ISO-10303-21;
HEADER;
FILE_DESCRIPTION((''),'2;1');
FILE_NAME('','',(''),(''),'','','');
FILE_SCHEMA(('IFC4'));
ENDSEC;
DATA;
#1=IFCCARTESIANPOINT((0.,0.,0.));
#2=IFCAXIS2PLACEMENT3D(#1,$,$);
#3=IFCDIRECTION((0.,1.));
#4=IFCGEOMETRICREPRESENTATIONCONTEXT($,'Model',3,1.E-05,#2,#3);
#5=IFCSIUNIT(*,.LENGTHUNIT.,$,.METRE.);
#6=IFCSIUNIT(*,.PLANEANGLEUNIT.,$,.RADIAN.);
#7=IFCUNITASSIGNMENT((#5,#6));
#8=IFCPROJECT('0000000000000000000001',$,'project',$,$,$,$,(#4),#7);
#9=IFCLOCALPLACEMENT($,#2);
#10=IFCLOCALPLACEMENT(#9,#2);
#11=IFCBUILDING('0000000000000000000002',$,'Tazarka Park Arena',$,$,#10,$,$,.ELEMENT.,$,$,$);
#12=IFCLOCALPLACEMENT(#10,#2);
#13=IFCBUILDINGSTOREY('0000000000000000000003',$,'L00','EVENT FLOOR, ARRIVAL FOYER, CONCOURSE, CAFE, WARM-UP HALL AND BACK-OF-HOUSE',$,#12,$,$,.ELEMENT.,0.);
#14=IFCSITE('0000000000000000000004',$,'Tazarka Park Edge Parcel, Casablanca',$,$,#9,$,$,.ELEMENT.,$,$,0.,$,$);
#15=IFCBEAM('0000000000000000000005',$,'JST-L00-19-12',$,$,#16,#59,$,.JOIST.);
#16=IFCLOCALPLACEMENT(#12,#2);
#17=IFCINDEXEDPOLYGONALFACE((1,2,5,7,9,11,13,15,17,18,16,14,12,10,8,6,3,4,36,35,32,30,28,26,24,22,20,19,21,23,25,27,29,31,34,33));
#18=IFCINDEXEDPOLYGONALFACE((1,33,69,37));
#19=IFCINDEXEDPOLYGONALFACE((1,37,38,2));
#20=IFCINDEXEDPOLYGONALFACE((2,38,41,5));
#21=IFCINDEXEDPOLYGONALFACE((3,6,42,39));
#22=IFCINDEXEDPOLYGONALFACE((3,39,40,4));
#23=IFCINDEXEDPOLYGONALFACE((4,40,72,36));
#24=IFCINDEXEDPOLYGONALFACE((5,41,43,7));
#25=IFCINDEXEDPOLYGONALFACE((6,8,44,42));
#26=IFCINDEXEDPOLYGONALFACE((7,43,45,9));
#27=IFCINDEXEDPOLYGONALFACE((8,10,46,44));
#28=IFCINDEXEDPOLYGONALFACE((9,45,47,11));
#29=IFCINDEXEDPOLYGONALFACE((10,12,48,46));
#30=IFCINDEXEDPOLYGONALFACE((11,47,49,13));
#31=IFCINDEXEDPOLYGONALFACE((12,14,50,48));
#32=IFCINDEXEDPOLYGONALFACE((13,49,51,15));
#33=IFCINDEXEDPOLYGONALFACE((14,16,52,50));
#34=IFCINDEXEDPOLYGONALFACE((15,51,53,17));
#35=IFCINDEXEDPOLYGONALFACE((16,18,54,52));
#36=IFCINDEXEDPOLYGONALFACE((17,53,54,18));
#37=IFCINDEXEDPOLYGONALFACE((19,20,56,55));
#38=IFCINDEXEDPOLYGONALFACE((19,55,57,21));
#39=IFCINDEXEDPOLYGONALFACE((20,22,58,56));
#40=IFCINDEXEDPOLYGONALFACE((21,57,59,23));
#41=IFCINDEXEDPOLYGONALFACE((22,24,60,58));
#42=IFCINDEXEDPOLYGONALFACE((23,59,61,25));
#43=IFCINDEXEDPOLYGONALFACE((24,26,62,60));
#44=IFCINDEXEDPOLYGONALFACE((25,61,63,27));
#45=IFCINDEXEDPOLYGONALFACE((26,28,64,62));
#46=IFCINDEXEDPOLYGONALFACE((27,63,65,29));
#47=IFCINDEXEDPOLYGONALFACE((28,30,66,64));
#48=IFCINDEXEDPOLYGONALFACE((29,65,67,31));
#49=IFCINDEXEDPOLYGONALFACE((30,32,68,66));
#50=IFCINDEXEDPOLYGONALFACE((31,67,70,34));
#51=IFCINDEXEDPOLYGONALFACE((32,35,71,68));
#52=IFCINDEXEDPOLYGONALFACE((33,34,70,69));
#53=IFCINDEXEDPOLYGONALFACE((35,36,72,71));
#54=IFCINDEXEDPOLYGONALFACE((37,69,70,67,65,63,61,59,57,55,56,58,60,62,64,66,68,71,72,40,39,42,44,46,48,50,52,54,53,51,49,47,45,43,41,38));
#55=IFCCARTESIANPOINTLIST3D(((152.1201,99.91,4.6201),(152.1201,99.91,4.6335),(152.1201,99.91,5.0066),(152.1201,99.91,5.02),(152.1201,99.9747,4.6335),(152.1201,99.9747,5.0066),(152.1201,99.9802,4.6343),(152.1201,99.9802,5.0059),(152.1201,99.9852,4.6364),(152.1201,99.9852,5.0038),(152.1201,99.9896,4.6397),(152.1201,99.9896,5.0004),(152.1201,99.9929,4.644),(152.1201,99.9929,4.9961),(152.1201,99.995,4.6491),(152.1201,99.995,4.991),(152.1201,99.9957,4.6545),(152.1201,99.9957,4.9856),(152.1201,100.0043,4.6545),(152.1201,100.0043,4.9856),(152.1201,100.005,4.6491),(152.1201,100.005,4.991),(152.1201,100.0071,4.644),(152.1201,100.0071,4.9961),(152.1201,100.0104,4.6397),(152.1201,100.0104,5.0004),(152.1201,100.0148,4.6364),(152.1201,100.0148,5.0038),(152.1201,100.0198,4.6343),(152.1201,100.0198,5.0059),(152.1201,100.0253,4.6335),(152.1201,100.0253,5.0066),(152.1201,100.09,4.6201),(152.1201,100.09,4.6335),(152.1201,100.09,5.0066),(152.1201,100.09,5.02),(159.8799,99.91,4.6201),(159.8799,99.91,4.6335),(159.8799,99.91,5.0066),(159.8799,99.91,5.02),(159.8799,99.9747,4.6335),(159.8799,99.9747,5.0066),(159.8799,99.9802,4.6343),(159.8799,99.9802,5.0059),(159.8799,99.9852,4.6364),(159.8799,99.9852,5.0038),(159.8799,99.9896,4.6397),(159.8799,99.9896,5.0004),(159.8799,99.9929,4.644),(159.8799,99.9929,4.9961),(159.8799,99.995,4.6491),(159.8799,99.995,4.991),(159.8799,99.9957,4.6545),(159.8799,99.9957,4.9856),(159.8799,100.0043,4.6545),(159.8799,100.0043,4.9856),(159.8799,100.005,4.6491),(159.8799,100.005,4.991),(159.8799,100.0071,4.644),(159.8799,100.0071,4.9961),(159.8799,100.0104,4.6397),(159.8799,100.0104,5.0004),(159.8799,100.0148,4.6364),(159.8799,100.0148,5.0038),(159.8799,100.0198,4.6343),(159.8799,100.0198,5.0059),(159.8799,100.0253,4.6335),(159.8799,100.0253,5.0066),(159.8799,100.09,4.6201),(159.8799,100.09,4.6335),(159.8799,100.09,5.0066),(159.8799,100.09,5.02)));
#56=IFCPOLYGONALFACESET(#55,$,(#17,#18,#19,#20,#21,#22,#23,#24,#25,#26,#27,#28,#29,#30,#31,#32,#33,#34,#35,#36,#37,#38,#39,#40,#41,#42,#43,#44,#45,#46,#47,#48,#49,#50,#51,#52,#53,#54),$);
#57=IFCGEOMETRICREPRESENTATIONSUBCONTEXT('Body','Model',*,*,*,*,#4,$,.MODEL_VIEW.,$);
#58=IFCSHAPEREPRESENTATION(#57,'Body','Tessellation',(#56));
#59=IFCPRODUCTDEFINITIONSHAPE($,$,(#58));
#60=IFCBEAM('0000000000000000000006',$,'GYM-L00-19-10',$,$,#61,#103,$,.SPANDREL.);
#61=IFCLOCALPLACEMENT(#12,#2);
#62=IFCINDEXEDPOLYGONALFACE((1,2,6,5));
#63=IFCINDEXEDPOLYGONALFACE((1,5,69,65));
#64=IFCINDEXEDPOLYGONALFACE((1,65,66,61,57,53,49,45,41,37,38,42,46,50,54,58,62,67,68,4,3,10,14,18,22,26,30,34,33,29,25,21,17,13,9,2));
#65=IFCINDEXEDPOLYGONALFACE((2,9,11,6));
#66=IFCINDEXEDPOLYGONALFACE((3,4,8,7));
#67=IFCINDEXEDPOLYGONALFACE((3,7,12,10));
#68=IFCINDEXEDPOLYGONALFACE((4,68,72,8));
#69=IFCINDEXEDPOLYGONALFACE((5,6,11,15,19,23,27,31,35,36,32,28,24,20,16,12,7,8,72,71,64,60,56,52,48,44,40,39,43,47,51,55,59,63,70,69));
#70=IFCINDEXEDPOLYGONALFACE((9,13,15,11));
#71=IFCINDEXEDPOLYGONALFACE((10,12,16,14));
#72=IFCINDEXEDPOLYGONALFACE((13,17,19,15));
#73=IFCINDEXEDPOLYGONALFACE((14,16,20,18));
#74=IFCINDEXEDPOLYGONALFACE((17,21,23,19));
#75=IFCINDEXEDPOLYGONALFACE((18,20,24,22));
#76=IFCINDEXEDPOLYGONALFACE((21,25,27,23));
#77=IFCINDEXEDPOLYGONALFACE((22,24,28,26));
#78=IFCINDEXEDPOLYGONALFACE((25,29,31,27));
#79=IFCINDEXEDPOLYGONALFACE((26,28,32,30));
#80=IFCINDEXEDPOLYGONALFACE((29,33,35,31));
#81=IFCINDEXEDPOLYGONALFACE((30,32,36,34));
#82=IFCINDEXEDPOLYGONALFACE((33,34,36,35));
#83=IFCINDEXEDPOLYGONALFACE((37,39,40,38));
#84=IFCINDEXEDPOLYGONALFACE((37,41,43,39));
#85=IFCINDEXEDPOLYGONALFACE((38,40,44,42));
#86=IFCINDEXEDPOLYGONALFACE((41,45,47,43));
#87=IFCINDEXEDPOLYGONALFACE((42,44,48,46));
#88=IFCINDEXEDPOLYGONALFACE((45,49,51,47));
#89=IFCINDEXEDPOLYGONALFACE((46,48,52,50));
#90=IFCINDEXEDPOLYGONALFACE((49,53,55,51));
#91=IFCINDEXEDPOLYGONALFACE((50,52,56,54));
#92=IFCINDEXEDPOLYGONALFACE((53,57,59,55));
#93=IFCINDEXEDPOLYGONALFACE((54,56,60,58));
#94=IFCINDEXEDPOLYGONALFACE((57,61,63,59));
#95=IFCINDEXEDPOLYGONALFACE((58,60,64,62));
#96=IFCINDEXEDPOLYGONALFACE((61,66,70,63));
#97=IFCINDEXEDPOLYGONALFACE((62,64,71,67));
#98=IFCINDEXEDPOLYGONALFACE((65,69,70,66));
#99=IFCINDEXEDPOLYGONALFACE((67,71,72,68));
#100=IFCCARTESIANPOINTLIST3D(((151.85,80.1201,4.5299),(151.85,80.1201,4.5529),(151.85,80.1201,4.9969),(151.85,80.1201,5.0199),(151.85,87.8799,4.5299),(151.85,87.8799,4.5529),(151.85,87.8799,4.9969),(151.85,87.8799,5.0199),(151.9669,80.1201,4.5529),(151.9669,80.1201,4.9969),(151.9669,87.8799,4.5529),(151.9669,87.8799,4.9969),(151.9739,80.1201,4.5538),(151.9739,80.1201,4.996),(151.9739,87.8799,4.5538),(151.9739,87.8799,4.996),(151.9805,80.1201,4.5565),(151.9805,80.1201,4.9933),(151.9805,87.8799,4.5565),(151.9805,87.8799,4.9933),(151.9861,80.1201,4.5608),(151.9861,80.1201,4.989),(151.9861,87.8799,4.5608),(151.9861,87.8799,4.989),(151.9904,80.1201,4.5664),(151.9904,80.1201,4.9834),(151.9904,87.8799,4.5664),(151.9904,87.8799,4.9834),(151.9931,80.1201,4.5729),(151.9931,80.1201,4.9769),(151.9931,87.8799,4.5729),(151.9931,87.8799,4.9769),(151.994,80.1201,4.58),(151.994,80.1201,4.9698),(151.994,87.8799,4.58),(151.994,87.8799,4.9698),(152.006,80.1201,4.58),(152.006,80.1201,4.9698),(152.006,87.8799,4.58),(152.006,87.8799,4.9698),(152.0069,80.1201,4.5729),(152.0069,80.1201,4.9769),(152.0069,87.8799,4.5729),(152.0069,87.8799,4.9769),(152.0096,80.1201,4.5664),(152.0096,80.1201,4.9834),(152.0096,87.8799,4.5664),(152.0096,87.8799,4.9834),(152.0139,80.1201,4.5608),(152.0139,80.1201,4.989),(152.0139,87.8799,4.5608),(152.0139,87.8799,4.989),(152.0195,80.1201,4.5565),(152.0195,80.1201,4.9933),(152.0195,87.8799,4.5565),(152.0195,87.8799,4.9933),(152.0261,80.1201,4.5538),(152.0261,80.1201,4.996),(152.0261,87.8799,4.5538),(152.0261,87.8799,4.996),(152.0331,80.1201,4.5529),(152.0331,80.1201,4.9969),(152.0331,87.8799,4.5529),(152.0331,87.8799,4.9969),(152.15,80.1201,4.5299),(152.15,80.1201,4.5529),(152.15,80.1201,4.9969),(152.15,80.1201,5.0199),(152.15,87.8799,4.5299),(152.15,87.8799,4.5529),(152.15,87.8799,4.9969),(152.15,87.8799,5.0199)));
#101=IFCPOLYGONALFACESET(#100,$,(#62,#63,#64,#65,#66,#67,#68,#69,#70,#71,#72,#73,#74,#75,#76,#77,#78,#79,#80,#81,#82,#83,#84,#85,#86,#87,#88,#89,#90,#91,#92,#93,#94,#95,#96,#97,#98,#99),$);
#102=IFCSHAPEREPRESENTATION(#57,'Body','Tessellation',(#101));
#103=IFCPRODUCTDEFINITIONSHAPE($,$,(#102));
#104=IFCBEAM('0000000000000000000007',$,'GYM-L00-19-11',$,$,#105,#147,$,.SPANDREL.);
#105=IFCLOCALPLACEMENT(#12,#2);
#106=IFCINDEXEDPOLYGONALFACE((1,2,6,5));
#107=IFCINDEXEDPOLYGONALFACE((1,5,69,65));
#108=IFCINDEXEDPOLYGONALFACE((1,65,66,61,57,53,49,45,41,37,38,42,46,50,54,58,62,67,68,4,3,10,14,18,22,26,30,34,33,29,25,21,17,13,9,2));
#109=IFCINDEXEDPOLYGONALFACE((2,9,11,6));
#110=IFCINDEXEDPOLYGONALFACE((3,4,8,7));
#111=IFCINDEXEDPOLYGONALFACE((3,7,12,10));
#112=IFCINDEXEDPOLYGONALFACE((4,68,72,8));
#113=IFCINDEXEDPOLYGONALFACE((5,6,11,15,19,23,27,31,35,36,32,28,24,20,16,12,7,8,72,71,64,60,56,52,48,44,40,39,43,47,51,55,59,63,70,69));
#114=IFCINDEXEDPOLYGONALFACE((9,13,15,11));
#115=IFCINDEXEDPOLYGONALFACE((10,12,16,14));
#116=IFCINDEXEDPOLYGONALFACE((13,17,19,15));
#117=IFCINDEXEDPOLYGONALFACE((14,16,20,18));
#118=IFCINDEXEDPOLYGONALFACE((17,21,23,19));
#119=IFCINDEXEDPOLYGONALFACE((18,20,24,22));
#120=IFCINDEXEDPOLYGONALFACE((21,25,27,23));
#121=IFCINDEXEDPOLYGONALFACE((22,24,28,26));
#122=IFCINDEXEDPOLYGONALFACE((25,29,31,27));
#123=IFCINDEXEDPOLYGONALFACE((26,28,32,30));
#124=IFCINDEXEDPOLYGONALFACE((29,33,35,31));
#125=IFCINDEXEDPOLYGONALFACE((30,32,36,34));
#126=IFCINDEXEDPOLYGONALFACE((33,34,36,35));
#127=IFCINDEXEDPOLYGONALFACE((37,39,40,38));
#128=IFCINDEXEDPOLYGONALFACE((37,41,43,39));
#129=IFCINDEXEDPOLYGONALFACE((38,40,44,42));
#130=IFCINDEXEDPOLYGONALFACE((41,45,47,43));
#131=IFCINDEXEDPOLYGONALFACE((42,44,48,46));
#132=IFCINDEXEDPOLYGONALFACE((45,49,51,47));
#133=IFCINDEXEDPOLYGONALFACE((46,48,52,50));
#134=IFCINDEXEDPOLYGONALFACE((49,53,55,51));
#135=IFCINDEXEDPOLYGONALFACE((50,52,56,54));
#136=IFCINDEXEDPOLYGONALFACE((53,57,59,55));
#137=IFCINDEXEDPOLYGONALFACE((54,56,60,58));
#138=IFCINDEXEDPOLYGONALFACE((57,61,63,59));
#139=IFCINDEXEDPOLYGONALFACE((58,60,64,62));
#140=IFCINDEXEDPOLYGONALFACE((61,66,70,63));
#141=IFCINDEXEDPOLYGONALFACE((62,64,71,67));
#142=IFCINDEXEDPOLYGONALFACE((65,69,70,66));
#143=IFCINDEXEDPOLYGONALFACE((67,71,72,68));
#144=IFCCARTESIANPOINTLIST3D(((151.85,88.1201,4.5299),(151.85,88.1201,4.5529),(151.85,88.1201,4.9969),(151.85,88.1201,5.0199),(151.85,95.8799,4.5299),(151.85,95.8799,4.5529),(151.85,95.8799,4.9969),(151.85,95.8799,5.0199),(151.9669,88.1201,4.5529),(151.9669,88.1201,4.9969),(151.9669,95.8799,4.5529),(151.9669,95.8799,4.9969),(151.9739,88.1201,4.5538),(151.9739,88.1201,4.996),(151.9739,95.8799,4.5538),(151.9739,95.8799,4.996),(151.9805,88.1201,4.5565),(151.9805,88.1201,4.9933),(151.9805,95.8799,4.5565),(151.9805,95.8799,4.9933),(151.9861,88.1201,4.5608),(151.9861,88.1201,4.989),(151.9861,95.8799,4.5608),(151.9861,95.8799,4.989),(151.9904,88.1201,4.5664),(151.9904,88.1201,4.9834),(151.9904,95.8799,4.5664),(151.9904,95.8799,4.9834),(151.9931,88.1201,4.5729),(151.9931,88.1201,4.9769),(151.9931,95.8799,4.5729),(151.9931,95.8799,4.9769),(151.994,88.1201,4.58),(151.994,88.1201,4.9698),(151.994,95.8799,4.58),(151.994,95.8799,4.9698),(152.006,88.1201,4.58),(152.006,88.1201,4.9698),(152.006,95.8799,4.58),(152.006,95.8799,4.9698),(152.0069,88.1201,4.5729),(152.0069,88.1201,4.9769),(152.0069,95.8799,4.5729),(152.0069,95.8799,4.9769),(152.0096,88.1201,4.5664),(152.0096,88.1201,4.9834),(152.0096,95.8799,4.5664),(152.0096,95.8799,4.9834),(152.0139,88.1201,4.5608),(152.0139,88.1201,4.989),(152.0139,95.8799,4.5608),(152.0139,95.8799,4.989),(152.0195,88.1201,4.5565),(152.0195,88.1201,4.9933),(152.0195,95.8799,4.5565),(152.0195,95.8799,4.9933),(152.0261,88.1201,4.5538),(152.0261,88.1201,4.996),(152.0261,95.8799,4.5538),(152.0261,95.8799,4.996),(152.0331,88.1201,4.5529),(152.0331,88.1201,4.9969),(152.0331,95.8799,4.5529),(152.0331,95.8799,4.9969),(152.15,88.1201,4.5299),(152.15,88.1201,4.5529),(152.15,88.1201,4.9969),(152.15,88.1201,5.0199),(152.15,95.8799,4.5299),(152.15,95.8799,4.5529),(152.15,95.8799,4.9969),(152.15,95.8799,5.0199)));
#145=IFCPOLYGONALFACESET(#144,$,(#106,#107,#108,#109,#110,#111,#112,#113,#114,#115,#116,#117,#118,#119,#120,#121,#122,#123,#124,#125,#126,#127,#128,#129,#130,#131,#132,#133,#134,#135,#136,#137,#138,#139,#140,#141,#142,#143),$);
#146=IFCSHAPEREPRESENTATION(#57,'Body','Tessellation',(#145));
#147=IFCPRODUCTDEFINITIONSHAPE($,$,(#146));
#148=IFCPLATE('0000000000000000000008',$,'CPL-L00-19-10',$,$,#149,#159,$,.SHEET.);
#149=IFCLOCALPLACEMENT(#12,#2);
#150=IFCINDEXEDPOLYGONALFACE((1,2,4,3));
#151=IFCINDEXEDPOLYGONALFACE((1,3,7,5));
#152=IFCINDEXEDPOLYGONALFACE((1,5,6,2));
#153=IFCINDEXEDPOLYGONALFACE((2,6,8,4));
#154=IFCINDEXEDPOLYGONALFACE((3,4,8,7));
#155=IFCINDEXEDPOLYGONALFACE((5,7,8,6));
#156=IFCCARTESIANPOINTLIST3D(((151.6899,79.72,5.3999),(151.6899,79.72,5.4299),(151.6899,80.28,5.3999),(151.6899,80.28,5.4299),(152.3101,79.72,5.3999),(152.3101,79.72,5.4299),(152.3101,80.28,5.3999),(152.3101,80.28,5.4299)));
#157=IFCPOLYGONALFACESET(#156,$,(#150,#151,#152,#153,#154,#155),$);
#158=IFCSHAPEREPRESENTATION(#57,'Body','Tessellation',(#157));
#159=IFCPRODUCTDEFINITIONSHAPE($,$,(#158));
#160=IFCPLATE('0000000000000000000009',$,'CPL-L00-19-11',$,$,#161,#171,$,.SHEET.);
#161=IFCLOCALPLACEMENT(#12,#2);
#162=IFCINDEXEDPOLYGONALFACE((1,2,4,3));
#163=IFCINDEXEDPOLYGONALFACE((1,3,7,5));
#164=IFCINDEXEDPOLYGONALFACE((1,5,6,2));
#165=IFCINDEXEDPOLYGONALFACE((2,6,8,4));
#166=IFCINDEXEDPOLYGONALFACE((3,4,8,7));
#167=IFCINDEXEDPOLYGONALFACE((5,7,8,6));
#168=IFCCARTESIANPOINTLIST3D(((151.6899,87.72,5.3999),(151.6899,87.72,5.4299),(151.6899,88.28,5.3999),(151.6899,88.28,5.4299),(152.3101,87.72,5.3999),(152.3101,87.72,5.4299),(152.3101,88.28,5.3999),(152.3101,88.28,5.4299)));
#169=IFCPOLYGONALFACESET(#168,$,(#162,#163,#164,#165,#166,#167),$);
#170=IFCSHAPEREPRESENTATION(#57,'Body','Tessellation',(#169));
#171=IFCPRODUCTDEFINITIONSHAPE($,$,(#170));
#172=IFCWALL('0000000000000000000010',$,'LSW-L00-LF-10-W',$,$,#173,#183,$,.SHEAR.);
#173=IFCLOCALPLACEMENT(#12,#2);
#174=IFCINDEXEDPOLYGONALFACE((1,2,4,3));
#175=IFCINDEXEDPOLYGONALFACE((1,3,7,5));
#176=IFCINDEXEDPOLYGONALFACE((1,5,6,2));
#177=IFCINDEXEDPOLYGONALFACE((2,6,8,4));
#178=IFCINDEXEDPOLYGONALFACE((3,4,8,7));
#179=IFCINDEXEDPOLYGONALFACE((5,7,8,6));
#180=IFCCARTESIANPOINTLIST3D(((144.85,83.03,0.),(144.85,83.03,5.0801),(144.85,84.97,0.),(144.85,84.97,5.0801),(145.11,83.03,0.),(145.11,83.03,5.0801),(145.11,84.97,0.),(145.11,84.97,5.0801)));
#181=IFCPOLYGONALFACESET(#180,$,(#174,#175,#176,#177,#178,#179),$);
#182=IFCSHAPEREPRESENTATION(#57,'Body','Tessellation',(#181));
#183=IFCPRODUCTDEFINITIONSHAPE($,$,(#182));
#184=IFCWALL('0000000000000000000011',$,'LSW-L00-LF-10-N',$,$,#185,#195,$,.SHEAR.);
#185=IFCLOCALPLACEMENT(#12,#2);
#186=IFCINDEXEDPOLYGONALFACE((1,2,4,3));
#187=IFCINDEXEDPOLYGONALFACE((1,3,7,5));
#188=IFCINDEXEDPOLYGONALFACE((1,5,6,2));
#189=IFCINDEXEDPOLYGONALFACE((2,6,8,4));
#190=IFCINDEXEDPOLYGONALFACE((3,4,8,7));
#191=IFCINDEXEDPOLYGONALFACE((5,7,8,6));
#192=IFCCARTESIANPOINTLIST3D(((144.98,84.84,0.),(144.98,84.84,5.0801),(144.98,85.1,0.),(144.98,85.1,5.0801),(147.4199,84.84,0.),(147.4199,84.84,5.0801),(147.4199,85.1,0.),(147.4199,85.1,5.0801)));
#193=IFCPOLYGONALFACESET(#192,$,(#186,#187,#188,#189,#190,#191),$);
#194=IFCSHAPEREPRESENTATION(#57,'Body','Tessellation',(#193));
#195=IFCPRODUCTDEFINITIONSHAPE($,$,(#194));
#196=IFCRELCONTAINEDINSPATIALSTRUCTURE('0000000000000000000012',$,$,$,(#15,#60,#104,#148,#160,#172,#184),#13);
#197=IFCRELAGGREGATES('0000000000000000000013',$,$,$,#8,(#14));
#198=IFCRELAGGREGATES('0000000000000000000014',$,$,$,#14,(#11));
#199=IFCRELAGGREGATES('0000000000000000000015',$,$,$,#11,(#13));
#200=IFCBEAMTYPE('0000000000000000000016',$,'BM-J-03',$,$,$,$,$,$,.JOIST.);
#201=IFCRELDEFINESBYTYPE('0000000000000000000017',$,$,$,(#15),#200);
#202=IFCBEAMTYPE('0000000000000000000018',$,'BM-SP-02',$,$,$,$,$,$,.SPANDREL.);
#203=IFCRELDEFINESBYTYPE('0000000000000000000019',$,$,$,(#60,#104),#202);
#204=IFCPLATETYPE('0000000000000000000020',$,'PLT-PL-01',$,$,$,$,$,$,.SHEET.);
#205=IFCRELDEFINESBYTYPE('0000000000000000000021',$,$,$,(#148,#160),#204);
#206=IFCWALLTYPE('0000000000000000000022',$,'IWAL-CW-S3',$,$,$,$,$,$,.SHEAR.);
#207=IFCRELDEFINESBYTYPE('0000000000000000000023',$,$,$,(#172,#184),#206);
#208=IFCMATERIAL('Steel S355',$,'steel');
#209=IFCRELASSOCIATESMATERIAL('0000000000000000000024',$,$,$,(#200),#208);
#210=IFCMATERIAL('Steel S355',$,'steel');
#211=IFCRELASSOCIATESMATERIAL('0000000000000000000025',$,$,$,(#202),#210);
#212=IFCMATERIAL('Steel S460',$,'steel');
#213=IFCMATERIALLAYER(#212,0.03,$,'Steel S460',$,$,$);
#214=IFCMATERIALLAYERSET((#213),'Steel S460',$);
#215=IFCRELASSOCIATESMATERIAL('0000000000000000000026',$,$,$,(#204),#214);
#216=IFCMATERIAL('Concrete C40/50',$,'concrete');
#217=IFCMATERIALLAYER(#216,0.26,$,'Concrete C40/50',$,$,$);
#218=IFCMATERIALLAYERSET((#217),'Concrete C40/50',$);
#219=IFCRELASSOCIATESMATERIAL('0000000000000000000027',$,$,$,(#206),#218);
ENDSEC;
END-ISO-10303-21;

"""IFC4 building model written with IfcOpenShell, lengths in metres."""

from ifc_helpers import new_model, si_unit, direction, frame, frame_2d, origin, origin_2d, place, context, subcontext, project, spatial, rectangle, i_section, extrude, material, layer, layer_set, material_profile, profile_set, type_object, element, save


model = new_model("IFC4")

# Units and contexts
model_context = context("Model", 3, precision=1e-05, world=origin(), true_north=direction((0.0, 1.0)))
body_context = subcontext(model_context, "Body", "Model", "MODEL_VIEW")
ifc_project = project(units=[si_unit("LENGTHUNIT", "METRE"), si_unit("PLANEANGLEUNIT", "RADIAN")], contexts=[model_context])

# Site, building, storey
site_placement = place(None, origin())
site = spatial("IfcSite", under=ifc_project, at=site_placement, Name="Tazarka Park Edge Parcel, Casablanca", CompositionType="ELEMENT", RefElevation=0.0)
building_placement = place(site_placement, origin())
building = spatial("IfcBuilding", under=site, at=building_placement, Name="Tazarka Park Arena", CompositionType="ELEMENT")
storey_placement = place(building_placement, origin())
storey = spatial("IfcBuildingStorey", under=building, at=storey_placement, Name="L00", Description="EVENT FLOOR, ARRIVAL FOYER, CONCOURSE, CAFE, WARM-UP HALL AND BACK-OF-HOUSE", CompositionType="ELEMENT", Elevation=0.0)

# Beams
ifc_material_1 = material(Name="Steel S355", Category="steel")
ifc_material_profile_1 = material_profile(ifc_material_1, i_section(OverallWidth=0.1799, OverallDepth=0.3999, WebThickness=0.0085, FlangeThickness=0.0134, FilletRadius=0.021, at=origin_2d()), Name="Steel S355")
ifc_profile_set_1 = profile_set([ifc_material_profile_1], Name="Steel S355")
beam_type_1 = type_object("IfcBeamType", Name="BM-J-03", PredefinedType="JOIST", material=ifc_profile_set_1)
beam_1_placement = place(storey_placement, frame((152.1201, 100.0, 4.8201), z_axis=(1.0, 0.0, 0.0), x_axis=(0.0, 1.0, 0.0)))
element("IfcBeam", 1, at=beam_1_placement, inside=storey, type_object=beam_type_1, Name="JST-L00-19-12", PredefinedType="JOIST", context=body_context, shape_type="SweptSolid", body=[
    extrude(i_section(OverallWidth=0.1799, OverallDepth=0.3999, WebThickness=0.0085, FlangeThickness=0.0134, FilletRadius=0.021, at=origin_2d()), origin(), (0.0, 0.0, 1.0), 7.7598),
])
ifc_material_2 = material(Name="Steel S355", Category="steel")
ifc_material_profile_2 = material_profile(ifc_material_2, i_section(OverallWidth=0.3, OverallDepth=0.49, WebThickness=0.012, FlangeThickness=0.0229, FilletRadius=0.0271, at=origin_2d()), Name="Steel S355")
ifc_profile_set_2 = profile_set([ifc_material_profile_2], Name="Steel S355")
beam_type_2 = type_object("IfcBeamType", Name="BM-SP-02", PredefinedType="SPANDREL", material=ifc_profile_set_2)
for number, where, z_axis, x_axis, name in (
    (2, (152.0, 80.1201, 4.7749), (0.0, 1.0, 0.0), (-1.0, 0.0, 0.0), "GYM-L00-19-10"),
    (3, (152.0, 88.1201, 4.7749), (0.0, 1.0, 0.0), (-1.0, 0.0, 0.0), "GYM-L00-19-11"),
):
    element("IfcBeam", number, at=place(storey_placement, frame(where, z_axis=z_axis, x_axis=x_axis)), inside=storey, type_object=beam_type_2, Name=name, PredefinedType="SPANDREL", context=body_context, shape_type="SweptSolid", body=[
        extrude(i_section(OverallWidth=0.3, OverallDepth=0.49, WebThickness=0.012, FlangeThickness=0.0229, FilletRadius=0.0271, at=origin_2d()), origin(), (0.0, 0.0, 1.0), 7.7598),
    ])

# Plates
ifc_material_3 = material(Name="Steel S460", Category="steel")
ifc_layer_1 = layer(ifc_material_3, 0.03, Name="Steel S460")
ifc_layer_set_1 = layer_set([ifc_layer_1], Name="Steel S460")
plate_type = type_object("IfcPlateType", Name="PLT-PL-01", PredefinedType="SHEET", material=ifc_layer_set_1)
for number, where, z_axis, x_axis, name in (
    (4, (152.0, 80.0, 5.3999), (0.0, 0.0, 1.0), (1.0, 0.0, 0.0), "CPL-L00-19-10"),
    (5, (152.0, 88.0, 5.3999), (0.0, 0.0, 1.0), (1.0, 0.0, 0.0), "CPL-L00-19-11"),
):
    element("IfcPlate", number, at=place(storey_placement, frame(where, z_axis=z_axis, x_axis=x_axis)), inside=storey, type_object=plate_type, Name=name, PredefinedType="SHEET", context=body_context, shape_type="SweptSolid", body=[
        extrude(rectangle(XDim=0.6201, YDim=0.5601, at=origin_2d()), origin(), (0.0, 0.0, 1.0), 0.03),
    ])

# Walls
ifc_material_4 = material(Name="Concrete C40/50", Category="concrete")
ifc_layer_2 = layer(ifc_material_4, 0.26, Name="Concrete C40/50")
ifc_layer_set_2 = layer_set([ifc_layer_2], Name="Concrete C40/50")
wall_type = type_object("IfcWallType", Name="IWAL-CW-S3", PredefinedType="SHEAR", material=ifc_layer_set_2)
wall_1_placement = place(storey_placement, frame((144.98, 83.03, 0.0), z_axis=(0.0, 0.0, 1.0), x_axis=(0.0, 1.0, 0.0)))
element("IfcWall", 6, at=wall_1_placement, inside=storey, type_object=wall_type, Name="LSW-L00-LF-10-W", PredefinedType="SHEAR", context=body_context, shape_type="SweptSolid", body=[
    extrude(rectangle(XDim=1.9399, YDim=0.26, at=frame_2d((0.97, 0.0))), origin(), (0.0, 0.0, 1.0), 5.0801),
])
for number, where, z_axis, x_axis, name in (
    (7, (144.98, 84.97, 0.0), (0.0, 0.0, 1.0), (1.0, 0.0, 0.0), "LSW-L00-LF-10-N"),
):
    element("IfcWall", number, at=place(storey_placement, frame(where, z_axis=z_axis, x_axis=x_axis)), inside=storey, type_object=wall_type, Name=name, PredefinedType="SHEAR", context=body_context, shape_type="SweptSolid", body=[
        extrude(rectangle(XDim=2.4399, YDim=0.26, at=frame_2d((1.22, 0.0))), origin(), (0.0, 0.0, 1.0), 5.0801),
    ])

save(model, "model.ifc")
